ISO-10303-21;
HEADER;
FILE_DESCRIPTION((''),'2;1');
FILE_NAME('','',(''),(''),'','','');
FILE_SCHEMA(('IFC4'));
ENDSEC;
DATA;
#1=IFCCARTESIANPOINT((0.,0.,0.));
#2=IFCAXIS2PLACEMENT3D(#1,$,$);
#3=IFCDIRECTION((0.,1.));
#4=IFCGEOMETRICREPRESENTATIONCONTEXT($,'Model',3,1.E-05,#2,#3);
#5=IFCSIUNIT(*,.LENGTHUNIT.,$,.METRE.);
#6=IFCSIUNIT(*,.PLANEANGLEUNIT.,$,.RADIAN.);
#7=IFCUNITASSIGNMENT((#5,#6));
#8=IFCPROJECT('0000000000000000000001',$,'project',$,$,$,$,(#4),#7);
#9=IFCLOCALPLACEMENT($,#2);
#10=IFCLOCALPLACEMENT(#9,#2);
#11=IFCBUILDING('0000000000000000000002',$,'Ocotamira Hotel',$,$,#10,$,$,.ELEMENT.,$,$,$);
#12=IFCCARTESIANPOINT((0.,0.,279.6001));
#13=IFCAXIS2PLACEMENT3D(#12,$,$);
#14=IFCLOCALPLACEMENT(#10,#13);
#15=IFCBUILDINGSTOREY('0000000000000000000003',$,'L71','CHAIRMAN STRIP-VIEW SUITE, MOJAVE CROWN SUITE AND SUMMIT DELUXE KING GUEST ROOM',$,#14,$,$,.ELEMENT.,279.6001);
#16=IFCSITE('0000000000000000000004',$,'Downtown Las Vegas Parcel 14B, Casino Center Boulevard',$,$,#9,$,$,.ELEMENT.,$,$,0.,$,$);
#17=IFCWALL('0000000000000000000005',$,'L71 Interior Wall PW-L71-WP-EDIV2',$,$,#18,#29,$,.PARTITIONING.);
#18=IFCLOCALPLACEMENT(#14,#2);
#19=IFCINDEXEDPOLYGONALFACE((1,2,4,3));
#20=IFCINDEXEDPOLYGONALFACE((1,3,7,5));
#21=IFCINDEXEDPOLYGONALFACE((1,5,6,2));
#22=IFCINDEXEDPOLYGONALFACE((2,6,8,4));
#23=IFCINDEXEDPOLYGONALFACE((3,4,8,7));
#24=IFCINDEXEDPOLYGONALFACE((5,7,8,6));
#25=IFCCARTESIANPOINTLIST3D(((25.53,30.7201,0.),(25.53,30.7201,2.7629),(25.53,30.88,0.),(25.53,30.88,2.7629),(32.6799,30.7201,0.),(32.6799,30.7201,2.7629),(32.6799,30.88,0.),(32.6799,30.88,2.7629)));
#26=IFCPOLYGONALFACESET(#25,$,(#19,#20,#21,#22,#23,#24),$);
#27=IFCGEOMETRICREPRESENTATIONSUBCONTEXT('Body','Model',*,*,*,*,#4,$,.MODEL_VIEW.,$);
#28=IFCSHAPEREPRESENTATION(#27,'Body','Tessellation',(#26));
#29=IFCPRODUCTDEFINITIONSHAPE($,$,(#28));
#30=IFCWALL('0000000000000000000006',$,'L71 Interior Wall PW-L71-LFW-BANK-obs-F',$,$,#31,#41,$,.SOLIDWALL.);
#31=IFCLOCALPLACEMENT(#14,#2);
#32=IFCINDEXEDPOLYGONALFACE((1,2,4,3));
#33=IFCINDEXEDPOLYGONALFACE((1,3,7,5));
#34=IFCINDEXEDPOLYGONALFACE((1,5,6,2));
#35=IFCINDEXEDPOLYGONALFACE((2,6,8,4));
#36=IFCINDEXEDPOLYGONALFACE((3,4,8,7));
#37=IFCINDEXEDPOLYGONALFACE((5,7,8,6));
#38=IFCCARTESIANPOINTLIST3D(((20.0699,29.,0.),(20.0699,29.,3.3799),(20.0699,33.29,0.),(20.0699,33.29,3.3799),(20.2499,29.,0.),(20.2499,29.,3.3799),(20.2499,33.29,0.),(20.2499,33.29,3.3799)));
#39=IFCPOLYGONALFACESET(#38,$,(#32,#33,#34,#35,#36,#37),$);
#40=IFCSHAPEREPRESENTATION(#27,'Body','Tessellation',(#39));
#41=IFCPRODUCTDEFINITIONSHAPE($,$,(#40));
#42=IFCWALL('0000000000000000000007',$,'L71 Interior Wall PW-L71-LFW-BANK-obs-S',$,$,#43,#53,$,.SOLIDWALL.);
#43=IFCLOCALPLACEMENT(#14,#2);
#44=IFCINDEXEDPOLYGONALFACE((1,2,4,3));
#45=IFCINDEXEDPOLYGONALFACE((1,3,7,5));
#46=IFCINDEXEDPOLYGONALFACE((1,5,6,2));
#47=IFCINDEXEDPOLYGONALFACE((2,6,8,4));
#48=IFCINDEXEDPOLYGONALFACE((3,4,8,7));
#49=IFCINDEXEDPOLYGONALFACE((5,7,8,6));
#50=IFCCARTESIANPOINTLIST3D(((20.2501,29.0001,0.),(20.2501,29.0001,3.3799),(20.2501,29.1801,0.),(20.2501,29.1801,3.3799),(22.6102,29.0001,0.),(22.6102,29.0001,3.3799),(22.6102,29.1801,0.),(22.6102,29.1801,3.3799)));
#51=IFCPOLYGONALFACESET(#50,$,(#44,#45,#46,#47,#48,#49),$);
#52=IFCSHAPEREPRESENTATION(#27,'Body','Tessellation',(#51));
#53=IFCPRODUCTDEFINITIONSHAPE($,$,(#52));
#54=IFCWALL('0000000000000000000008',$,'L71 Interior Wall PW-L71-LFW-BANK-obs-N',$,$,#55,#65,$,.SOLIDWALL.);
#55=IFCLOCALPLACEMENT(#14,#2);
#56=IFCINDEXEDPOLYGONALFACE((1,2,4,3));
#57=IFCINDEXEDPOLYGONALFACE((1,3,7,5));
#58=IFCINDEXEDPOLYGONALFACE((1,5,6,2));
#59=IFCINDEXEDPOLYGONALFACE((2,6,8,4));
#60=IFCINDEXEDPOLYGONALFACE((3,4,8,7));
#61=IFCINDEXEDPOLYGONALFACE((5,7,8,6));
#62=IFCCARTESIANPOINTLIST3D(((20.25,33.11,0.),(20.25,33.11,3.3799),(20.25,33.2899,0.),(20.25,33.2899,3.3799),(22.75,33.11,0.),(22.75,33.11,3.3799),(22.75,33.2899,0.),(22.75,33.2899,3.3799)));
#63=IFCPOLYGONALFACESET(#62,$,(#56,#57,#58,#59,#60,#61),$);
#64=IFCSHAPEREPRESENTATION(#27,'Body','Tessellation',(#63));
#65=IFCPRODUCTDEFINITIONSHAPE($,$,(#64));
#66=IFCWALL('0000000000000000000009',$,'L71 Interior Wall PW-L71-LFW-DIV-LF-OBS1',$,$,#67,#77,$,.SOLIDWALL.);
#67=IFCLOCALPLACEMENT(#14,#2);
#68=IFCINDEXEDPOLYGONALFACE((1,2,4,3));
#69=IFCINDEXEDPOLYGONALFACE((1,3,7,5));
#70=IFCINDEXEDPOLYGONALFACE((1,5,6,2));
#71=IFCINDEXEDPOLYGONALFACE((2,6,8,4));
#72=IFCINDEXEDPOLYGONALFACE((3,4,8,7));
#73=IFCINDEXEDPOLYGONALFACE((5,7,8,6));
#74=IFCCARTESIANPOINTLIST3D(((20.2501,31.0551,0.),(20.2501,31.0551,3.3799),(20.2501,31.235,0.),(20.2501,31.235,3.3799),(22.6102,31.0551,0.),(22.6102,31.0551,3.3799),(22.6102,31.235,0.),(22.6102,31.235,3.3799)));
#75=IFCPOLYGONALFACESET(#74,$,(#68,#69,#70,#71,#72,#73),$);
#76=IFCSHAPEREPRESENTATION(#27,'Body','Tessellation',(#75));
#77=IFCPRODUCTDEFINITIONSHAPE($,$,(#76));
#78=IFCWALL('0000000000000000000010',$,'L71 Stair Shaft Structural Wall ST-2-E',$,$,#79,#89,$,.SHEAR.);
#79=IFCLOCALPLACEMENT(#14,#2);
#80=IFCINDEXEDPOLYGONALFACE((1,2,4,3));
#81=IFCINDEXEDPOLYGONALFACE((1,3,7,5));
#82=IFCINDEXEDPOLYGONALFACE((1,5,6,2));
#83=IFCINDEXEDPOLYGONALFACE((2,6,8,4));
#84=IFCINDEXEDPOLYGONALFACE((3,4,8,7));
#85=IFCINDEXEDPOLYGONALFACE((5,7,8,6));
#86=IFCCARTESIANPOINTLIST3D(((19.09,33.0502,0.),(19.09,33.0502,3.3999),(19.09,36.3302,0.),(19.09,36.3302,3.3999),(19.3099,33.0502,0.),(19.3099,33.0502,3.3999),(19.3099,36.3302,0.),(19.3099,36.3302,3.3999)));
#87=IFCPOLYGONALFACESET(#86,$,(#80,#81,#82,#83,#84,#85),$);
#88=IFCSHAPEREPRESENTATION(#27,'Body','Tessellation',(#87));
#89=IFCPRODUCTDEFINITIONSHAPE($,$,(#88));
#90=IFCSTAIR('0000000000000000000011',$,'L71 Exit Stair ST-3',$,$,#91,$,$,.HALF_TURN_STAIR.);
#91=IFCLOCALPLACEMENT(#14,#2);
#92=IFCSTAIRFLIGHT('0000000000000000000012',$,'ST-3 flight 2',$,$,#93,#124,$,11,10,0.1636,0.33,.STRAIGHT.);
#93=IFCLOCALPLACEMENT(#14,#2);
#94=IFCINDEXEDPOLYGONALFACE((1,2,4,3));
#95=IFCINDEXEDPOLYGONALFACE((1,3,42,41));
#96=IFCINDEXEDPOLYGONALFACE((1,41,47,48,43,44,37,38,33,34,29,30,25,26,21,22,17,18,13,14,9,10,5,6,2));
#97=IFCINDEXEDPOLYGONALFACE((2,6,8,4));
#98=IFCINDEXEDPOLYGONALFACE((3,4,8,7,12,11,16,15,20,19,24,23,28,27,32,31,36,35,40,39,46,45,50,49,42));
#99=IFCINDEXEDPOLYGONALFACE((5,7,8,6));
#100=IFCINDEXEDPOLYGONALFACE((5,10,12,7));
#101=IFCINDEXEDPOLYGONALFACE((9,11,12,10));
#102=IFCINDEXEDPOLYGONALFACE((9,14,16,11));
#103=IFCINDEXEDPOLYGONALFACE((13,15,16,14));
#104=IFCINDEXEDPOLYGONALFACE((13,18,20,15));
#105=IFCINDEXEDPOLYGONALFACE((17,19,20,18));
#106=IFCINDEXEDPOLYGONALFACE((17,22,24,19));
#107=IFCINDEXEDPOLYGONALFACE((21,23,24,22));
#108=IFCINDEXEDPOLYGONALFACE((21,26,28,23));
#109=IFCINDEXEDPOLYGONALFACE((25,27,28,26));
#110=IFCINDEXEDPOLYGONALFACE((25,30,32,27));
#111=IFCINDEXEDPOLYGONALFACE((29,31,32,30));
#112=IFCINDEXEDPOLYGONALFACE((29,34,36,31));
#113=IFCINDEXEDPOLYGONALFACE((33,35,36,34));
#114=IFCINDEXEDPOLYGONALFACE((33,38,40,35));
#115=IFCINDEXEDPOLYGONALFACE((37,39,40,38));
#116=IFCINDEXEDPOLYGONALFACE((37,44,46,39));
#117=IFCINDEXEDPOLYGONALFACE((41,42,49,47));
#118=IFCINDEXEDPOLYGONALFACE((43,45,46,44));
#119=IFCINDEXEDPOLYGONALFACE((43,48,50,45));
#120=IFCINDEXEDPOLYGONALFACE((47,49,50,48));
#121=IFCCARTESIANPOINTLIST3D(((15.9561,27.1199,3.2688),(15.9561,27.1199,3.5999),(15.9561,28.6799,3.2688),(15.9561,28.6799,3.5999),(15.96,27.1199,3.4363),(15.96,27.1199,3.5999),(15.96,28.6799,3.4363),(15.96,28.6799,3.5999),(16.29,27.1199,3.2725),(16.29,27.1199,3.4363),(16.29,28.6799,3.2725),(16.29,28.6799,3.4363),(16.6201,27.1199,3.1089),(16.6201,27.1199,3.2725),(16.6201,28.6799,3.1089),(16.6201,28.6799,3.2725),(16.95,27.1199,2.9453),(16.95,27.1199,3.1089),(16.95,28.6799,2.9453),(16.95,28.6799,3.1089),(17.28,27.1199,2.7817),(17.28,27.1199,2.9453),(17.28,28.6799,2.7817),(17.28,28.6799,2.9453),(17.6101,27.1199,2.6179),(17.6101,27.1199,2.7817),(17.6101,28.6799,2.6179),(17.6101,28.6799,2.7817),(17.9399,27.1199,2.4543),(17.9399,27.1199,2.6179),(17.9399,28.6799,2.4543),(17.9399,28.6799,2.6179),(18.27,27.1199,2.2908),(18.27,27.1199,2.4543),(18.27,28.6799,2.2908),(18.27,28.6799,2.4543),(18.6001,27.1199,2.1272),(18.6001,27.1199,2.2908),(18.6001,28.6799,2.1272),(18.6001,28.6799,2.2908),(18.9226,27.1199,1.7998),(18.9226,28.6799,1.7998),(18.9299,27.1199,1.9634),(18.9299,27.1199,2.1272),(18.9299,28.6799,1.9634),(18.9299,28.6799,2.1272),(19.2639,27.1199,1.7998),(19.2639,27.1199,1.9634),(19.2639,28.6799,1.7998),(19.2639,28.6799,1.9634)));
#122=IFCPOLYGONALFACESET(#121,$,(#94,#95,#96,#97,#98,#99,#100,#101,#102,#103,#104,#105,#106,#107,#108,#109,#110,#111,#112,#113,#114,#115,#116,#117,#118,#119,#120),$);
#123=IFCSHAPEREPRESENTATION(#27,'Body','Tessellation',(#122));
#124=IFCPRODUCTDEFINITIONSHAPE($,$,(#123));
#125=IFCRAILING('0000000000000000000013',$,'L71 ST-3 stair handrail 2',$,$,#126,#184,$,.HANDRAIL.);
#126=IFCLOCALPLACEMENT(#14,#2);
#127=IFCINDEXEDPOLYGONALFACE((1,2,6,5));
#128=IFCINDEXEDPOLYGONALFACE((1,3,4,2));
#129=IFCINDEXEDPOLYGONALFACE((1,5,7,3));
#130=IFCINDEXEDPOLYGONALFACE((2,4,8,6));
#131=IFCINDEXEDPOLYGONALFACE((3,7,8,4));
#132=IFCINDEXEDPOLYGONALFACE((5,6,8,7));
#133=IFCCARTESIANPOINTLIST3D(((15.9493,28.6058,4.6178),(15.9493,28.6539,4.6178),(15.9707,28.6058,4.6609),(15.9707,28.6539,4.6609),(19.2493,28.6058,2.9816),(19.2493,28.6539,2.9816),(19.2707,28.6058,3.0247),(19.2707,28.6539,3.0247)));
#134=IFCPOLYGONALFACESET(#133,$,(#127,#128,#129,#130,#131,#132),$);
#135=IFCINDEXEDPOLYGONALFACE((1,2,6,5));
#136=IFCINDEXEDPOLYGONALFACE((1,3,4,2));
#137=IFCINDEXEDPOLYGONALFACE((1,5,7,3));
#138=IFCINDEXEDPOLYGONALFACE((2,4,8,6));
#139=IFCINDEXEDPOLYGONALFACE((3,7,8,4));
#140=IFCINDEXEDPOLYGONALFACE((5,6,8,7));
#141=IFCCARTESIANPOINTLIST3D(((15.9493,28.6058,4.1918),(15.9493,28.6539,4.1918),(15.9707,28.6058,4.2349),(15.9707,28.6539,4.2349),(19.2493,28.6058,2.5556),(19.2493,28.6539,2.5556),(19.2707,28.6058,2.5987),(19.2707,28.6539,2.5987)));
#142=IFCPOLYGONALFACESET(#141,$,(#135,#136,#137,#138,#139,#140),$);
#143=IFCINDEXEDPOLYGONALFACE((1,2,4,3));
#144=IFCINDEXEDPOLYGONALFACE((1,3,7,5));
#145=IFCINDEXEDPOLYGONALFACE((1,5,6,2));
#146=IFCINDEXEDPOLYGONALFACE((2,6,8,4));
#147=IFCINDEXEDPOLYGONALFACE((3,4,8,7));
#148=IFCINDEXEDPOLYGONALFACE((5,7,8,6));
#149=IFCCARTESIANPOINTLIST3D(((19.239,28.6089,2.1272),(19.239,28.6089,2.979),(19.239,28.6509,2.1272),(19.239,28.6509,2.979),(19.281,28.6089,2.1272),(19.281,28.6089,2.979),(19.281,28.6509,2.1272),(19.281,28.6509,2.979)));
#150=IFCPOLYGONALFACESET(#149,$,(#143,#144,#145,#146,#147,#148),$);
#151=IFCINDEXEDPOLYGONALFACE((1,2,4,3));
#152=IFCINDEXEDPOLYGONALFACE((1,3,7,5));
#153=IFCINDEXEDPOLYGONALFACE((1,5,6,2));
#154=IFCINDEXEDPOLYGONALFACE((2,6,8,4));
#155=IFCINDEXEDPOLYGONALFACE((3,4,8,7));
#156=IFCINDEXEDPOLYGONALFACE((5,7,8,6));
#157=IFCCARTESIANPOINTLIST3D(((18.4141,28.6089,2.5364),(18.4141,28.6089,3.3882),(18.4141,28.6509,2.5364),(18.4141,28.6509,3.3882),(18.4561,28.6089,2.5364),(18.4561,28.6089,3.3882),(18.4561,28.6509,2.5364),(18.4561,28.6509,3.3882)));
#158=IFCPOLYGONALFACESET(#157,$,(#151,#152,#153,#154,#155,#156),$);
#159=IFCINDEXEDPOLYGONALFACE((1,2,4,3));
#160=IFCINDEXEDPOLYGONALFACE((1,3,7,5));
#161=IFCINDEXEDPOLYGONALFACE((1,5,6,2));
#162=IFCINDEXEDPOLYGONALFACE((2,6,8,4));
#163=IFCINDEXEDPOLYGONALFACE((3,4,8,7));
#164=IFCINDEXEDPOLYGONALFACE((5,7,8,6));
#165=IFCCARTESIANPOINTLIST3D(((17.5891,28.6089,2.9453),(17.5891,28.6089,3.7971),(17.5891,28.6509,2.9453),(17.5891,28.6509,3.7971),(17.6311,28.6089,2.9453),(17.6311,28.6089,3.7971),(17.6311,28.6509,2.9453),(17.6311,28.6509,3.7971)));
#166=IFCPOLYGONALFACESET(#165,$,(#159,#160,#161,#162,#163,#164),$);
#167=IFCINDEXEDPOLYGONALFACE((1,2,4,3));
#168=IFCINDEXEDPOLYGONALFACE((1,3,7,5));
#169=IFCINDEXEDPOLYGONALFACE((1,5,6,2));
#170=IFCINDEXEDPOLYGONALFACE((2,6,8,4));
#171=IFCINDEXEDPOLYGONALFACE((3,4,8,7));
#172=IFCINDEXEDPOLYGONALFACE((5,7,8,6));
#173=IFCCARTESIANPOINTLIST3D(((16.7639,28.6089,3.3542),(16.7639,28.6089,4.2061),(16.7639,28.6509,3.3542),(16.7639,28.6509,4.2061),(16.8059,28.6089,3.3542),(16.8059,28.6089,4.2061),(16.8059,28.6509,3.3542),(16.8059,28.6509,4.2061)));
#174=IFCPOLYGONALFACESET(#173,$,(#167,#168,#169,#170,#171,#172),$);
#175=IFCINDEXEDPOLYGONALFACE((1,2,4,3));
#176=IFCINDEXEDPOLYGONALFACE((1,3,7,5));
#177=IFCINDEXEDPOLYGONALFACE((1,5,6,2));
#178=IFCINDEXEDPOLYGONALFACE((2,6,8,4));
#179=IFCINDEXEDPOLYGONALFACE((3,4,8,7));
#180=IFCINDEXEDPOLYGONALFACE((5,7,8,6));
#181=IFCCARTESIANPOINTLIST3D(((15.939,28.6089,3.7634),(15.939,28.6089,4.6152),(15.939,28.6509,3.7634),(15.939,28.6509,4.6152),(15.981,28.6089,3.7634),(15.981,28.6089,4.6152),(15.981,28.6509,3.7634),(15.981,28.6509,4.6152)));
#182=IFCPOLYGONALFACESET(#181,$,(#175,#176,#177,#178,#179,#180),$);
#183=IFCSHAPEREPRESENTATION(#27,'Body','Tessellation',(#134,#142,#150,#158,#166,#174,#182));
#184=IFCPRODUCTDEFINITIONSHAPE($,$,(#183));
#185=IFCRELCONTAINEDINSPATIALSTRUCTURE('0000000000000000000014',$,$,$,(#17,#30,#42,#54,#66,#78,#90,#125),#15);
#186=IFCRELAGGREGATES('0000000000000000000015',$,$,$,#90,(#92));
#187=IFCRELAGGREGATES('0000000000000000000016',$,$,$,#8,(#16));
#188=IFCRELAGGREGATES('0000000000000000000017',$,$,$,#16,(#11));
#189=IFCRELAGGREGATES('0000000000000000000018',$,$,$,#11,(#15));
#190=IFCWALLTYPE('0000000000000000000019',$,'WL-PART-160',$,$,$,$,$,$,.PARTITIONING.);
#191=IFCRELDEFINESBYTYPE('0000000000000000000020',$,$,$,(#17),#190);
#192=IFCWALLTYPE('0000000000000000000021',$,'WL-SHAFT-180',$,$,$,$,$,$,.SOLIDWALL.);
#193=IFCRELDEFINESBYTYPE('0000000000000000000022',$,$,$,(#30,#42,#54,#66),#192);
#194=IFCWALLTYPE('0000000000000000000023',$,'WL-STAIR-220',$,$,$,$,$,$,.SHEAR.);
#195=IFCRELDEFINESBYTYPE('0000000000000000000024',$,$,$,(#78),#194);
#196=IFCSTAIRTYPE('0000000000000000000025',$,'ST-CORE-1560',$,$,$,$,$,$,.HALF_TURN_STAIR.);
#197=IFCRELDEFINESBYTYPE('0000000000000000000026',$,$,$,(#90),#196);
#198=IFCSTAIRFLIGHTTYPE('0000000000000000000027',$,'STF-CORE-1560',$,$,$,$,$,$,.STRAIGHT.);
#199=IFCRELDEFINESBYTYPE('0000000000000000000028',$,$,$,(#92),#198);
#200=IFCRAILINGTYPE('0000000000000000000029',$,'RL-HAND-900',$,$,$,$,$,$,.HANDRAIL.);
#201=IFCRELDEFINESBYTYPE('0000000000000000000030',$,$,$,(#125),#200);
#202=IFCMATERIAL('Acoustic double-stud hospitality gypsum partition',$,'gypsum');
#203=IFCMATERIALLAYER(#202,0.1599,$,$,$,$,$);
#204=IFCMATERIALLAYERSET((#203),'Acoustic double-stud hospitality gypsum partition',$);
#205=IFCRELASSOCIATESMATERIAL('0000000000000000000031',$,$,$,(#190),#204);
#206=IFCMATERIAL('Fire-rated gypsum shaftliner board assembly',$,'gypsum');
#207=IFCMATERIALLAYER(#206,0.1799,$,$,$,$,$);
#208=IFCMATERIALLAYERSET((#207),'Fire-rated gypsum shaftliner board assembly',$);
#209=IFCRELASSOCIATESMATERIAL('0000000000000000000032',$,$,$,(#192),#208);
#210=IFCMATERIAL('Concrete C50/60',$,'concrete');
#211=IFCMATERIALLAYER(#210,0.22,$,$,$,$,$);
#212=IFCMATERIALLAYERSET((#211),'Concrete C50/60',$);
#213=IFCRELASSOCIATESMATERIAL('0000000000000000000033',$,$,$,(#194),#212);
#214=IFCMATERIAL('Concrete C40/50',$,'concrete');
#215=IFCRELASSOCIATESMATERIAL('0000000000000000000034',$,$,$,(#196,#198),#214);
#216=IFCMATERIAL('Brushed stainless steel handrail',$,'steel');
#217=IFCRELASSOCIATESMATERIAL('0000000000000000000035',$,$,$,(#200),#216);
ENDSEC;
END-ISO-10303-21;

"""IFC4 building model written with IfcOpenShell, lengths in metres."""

from ifc_helpers import new_model, si_unit, direction, frame, frame_2d, origin, origin_2d, place, context, subcontext, project, spatial, polyline, rectangle, outline, extrude, source, transform, mapped, material, layer, layer_set, type_object, element, aggregate, save


model = new_model("IFC4")

# Units and contexts
model_context = context("Model", 3, precision=1e-05, world=origin(), true_north=direction((0.0, 1.0)))
body_context = subcontext(model_context, "Body", "Model", "MODEL_VIEW")
ifc_project = project(units=[si_unit("LENGTHUNIT", "METRE"), si_unit("PLANEANGLEUNIT", "RADIAN")], contexts=[model_context])

# Site, building, storey
site_placement = place(None, origin())
site = spatial("IfcSite", under=ifc_project, at=site_placement, Name="Downtown Las Vegas Parcel 14B, Casino Center Boulevard", CompositionType="ELEMENT", RefElevation=0.0)
building_placement = place(site_placement, origin())
building = spatial("IfcBuilding", under=site, at=building_placement, Name="Ocotamira Hotel", CompositionType="ELEMENT")
storey_placement = place(building_placement, frame((0.0, 0.0, 279.6001)))
storey = spatial("IfcBuildingStorey", under=building, at=storey_placement, Name="L71", Description="CHAIRMAN STRIP-VIEW SUITE, MOJAVE CROWN SUITE AND SUMMIT DELUXE KING GUEST ROOM", CompositionType="ELEMENT", Elevation=279.6001)

# Walls
ifc_material_1 = material(Name="Acoustic double-stud hospitality gypsum partition", Category="gypsum")
ifc_layer_1 = layer(ifc_material_1, 0.1599)
ifc_layer_set_1 = layer_set([ifc_layer_1], Name="Acoustic double-stud hospitality gypsum partition")
wall_type_1 = type_object("IfcWallType", Name="WL-PART-160", PredefinedType="PARTITIONING", material=ifc_layer_set_1)
wall_1_placement = place(storey_placement, frame((25.53, 30.8, 0.0), z_axis=(0.0, 0.0, 1.0), x_axis=(1.0, 0.0, 0.0)))
element("IfcWall", 1, at=wall_1_placement, inside=storey, type_object=wall_type_1, Name="L71 Interior Wall PW-L71-WP-EDIV2", PredefinedType="PARTITIONING", context=body_context, shape_type="SweptSolid", body=[
    extrude(rectangle(XDim=7.1499, YDim=0.1599, at=frame_2d((3.575, 0.0))), origin(), (0.0, 0.0, 1.0), 2.7629),
])
ifc_material_2 = material(Name="Fire-rated gypsum shaftliner board assembly", Category="gypsum")
ifc_layer_2 = layer(ifc_material_2, 0.1799)
ifc_layer_set_2 = layer_set([ifc_layer_2], Name="Fire-rated gypsum shaftliner board assembly")
wall_type_2 = type_object("IfcWallType", Name="WL-SHAFT-180", PredefinedType="SOLIDWALL", material=ifc_layer_set_2)
wall_2_placement = place(storey_placement, frame((20.1599, 29.0, 0.0), z_axis=(0.0, 0.0, 1.0), x_axis=(0.0, 1.0, 0.0)))
element("IfcWall", 2, at=wall_2_placement, inside=storey, type_object=wall_type_2, Name="L71 Interior Wall PW-L71-LFW-BANK-obs-F", PredefinedType="SOLIDWALL", context=body_context, shape_type="SweptSolid", body=[
    extrude(rectangle(XDim=4.29, YDim=0.1799, at=frame_2d((2.145, 0.0))), origin(), (0.0, 0.0, 1.0), 3.3799),
])
wall_3_placement = place(storey_placement, frame((20.25, 29.0901, 0.0), z_axis=(0.0, 0.0, 1.0), x_axis=(1.0, 0.0, 0.0)))
element("IfcWall", 3, at=wall_3_placement, inside=storey, type_object=wall_type_2, Name="L71 Interior Wall PW-L71-LFW-BANK-obs-S", PredefinedType="SOLIDWALL", context=body_context, shape_type="SweptSolid", body=[
    extrude(rectangle(XDim=2.3601, YDim=0.1799, at=frame_2d((1.1802, 0.0))), origin(), (0.0, 0.0, 1.0), 3.3799),
])
wall_4_placement = place(storey_placement, frame((20.25, 33.2, 0.0), z_axis=(0.0, 0.0, 1.0), x_axis=(1.0, 0.0, 0.0)))
element("IfcWall", 4, at=wall_4_placement, inside=storey, type_object=wall_type_2, Name="L71 Interior Wall PW-L71-LFW-BANK-obs-N", PredefinedType="SOLIDWALL", context=body_context, shape_type="SweptSolid", body=[
    extrude(rectangle(XDim=2.5, YDim=0.1799, at=frame_2d((1.25, 0.0))), origin(), (0.0, 0.0, 1.0), 3.3799),
])
wall_5_placement = place(storey_placement, frame((20.25, 31.145, 0.0), z_axis=(0.0, 0.0, 1.0), x_axis=(1.0, 0.0, 0.0)))
element("IfcWall", 5, at=wall_5_placement, inside=storey, type_object=wall_type_2, Name="L71 Interior Wall PW-L71-LFW-DIV-LF-OBS1", PredefinedType="SOLIDWALL", context=body_context, shape_type="SweptSolid", body=[
    extrude(rectangle(XDim=2.3601, YDim=0.1799, at=frame_2d((1.1802, 0.0))), origin(), (0.0, 0.0, 1.0), 3.3799),
])
ifc_material_3 = material(Name="Concrete C50/60", Category="concrete")
ifc_layer_3 = layer(ifc_material_3, 0.22)
ifc_layer_set_3 = layer_set([ifc_layer_3], Name="Concrete C50/60")
wall_type_3 = type_object("IfcWallType", Name="WL-STAIR-220", PredefinedType="SHEAR", material=ifc_layer_set_3)
wall_6_placement = place(storey_placement, frame((19.2, 33.05, 0.0), z_axis=(0.0, 0.0, 1.0), x_axis=(0.0, 1.0, 0.0)))
element("IfcWall", 6, at=wall_6_placement, inside=storey, type_object=wall_type_3, Name="L71 Stair Shaft Structural Wall ST-2-E", PredefinedType="SHEAR", context=body_context, shape_type="SweptSolid", body=[
    extrude(rectangle(XDim=3.28, YDim=0.22, at=frame_2d((1.6401, 0.0))), origin(), (0.0, 0.0, 1.0), 3.3999),
])

# Stair, stair flight
ifc_material_4 = material(Name="Concrete C40/50", Category="concrete")
stair_type = type_object("IfcStairType", Name="ST-CORE-1560", PredefinedType="HALF_TURN_STAIR", material=ifc_material_4)
stair_placement = place(storey_placement, origin())
stair = element("IfcStair", 7, at=stair_placement, inside=storey, type_object=stair_type, Name="L71 Exit Stair ST-3", PredefinedType="HALF_TURN_STAIR")
stair_flight_type = type_object("IfcStairFlightType", Name="STF-CORE-1560", PredefinedType="STRAIGHT", material=ifc_material_4)
shared_shape_1 = source(origin(), body_context, "Body", "SweptSolid", [
    extrude(outline(polyline([(-0.0039, 0.0), (-0.0039, 0.1636), (0.3301, 0.1636), (0.3301, 0.3274), (0.6599, 0.3274), (0.6599, 0.491), (0.99, 0.491), (0.99, 0.6545), (1.3201, 0.6545), (1.3201, 0.8181), (1.6499, 0.8181), (1.6499, 0.9819), (1.98, 0.9819), (1.98, 1.1455), (2.3101, 1.1455), (2.3101, 1.3091), (2.6399, 1.3091), (2.6399, 1.4727), (2.97, 1.4727), (2.97, 1.6365), (3.3, 1.6365), (3.3, 1.8), (3.304, 1.8), (3.304, 1.469), (0.3374, 0.0), (-0.0039, 0.0)])), frame((0.0, 0.78, 0.0), z_axis=(0.0, -1.0, 0.0), x_axis=(1.0, 0.0, 0.0)), (0.0, 0.0, 1.0), 1.5601),
])
stair_flight_placement = place(storey_placement, frame((19.26, 27.8999, 1.7998), z_axis=(0.0, 0.0, 1.0), x_axis=(-1.0, 0.0, 0.0)))
stair_flight = element("IfcStairFlight", 8, at=stair_flight_placement, type_object=stair_flight_type, Name="ST-3 flight 2", NumberOfRisers=11, NumberOfTreads=10, PredefinedType="STRAIGHT", RiserHeight=0.1636, TreadLength=0.33, context=body_context, shape_type="MappedRepresentation", body=[
    mapped(shared_shape_1, transform((0.0, 0.0, 0.0), scale=1.0)),
])
aggregate(stair, [stair_flight])

# Railing
ifc_material_5 = material(Name="Brushed stainless steel handrail", Category="steel")
railing_type_1 = type_object("IfcRailingType", Name="RL-HAND-900", PredefinedType="HANDRAIL", material=ifc_material_5)
railing_1_placement = place(storey_placement, frame((19.26, 28.6299, 2.1272)))
element("IfcRailing", 9, at=railing_1_placement, inside=storey, type_object=railing_type_1, Name="L71 ST-3 stair handrail 2", PredefinedType="HANDRAIL", context=body_context, shape_type="SweptSolid", body=[
    extrude(rectangle(XDim=0.0481, YDim=0.0481, at=origin_2d()), frame((0.0, 0.0, 0.876), z_axis=(-0.89592, 0.0, 0.444215), x_axis=(0.0, -1.0, 0.0)), (0.0, 0.0, 1.0), 3.6833),
    extrude(rectangle(XDim=0.0481, YDim=0.0481, at=origin_2d()), frame((0.0, 0.0, 0.45), z_axis=(-0.89592, 0.0, 0.444215), x_axis=(0.0, -1.0, 0.0)), (0.0, 0.0, 1.0), 3.6833),
    extrude(rectangle(XDim=0.042, YDim=0.042, at=origin_2d()), origin(), (0.0, 0.0, 1.0), 0.8518),
    extrude(rectangle(XDim=0.042, YDim=0.042, at=origin_2d()), frame((-0.825, 0.0, 0.4092)), (0.0, 0.0, 1.0), 0.8518),
    extrude(rectangle(XDim=0.042, YDim=0.042, at=origin_2d()), frame((-1.6499, 0.0, 0.8181)), (0.0, 0.0, 1.0), 0.8518),
    extrude(rectangle(XDim=0.042, YDim=0.042, at=origin_2d()), frame((-2.4751, 0.0, 1.2271)), (0.0, 0.0, 1.0), 0.8518),
    extrude(rectangle(XDim=0.042, YDim=0.042, at=origin_2d()), frame((-3.3, 0.0, 1.6362)), (0.0, 0.0, 1.0), 0.8518),
])

save(model, "model.ifc")
